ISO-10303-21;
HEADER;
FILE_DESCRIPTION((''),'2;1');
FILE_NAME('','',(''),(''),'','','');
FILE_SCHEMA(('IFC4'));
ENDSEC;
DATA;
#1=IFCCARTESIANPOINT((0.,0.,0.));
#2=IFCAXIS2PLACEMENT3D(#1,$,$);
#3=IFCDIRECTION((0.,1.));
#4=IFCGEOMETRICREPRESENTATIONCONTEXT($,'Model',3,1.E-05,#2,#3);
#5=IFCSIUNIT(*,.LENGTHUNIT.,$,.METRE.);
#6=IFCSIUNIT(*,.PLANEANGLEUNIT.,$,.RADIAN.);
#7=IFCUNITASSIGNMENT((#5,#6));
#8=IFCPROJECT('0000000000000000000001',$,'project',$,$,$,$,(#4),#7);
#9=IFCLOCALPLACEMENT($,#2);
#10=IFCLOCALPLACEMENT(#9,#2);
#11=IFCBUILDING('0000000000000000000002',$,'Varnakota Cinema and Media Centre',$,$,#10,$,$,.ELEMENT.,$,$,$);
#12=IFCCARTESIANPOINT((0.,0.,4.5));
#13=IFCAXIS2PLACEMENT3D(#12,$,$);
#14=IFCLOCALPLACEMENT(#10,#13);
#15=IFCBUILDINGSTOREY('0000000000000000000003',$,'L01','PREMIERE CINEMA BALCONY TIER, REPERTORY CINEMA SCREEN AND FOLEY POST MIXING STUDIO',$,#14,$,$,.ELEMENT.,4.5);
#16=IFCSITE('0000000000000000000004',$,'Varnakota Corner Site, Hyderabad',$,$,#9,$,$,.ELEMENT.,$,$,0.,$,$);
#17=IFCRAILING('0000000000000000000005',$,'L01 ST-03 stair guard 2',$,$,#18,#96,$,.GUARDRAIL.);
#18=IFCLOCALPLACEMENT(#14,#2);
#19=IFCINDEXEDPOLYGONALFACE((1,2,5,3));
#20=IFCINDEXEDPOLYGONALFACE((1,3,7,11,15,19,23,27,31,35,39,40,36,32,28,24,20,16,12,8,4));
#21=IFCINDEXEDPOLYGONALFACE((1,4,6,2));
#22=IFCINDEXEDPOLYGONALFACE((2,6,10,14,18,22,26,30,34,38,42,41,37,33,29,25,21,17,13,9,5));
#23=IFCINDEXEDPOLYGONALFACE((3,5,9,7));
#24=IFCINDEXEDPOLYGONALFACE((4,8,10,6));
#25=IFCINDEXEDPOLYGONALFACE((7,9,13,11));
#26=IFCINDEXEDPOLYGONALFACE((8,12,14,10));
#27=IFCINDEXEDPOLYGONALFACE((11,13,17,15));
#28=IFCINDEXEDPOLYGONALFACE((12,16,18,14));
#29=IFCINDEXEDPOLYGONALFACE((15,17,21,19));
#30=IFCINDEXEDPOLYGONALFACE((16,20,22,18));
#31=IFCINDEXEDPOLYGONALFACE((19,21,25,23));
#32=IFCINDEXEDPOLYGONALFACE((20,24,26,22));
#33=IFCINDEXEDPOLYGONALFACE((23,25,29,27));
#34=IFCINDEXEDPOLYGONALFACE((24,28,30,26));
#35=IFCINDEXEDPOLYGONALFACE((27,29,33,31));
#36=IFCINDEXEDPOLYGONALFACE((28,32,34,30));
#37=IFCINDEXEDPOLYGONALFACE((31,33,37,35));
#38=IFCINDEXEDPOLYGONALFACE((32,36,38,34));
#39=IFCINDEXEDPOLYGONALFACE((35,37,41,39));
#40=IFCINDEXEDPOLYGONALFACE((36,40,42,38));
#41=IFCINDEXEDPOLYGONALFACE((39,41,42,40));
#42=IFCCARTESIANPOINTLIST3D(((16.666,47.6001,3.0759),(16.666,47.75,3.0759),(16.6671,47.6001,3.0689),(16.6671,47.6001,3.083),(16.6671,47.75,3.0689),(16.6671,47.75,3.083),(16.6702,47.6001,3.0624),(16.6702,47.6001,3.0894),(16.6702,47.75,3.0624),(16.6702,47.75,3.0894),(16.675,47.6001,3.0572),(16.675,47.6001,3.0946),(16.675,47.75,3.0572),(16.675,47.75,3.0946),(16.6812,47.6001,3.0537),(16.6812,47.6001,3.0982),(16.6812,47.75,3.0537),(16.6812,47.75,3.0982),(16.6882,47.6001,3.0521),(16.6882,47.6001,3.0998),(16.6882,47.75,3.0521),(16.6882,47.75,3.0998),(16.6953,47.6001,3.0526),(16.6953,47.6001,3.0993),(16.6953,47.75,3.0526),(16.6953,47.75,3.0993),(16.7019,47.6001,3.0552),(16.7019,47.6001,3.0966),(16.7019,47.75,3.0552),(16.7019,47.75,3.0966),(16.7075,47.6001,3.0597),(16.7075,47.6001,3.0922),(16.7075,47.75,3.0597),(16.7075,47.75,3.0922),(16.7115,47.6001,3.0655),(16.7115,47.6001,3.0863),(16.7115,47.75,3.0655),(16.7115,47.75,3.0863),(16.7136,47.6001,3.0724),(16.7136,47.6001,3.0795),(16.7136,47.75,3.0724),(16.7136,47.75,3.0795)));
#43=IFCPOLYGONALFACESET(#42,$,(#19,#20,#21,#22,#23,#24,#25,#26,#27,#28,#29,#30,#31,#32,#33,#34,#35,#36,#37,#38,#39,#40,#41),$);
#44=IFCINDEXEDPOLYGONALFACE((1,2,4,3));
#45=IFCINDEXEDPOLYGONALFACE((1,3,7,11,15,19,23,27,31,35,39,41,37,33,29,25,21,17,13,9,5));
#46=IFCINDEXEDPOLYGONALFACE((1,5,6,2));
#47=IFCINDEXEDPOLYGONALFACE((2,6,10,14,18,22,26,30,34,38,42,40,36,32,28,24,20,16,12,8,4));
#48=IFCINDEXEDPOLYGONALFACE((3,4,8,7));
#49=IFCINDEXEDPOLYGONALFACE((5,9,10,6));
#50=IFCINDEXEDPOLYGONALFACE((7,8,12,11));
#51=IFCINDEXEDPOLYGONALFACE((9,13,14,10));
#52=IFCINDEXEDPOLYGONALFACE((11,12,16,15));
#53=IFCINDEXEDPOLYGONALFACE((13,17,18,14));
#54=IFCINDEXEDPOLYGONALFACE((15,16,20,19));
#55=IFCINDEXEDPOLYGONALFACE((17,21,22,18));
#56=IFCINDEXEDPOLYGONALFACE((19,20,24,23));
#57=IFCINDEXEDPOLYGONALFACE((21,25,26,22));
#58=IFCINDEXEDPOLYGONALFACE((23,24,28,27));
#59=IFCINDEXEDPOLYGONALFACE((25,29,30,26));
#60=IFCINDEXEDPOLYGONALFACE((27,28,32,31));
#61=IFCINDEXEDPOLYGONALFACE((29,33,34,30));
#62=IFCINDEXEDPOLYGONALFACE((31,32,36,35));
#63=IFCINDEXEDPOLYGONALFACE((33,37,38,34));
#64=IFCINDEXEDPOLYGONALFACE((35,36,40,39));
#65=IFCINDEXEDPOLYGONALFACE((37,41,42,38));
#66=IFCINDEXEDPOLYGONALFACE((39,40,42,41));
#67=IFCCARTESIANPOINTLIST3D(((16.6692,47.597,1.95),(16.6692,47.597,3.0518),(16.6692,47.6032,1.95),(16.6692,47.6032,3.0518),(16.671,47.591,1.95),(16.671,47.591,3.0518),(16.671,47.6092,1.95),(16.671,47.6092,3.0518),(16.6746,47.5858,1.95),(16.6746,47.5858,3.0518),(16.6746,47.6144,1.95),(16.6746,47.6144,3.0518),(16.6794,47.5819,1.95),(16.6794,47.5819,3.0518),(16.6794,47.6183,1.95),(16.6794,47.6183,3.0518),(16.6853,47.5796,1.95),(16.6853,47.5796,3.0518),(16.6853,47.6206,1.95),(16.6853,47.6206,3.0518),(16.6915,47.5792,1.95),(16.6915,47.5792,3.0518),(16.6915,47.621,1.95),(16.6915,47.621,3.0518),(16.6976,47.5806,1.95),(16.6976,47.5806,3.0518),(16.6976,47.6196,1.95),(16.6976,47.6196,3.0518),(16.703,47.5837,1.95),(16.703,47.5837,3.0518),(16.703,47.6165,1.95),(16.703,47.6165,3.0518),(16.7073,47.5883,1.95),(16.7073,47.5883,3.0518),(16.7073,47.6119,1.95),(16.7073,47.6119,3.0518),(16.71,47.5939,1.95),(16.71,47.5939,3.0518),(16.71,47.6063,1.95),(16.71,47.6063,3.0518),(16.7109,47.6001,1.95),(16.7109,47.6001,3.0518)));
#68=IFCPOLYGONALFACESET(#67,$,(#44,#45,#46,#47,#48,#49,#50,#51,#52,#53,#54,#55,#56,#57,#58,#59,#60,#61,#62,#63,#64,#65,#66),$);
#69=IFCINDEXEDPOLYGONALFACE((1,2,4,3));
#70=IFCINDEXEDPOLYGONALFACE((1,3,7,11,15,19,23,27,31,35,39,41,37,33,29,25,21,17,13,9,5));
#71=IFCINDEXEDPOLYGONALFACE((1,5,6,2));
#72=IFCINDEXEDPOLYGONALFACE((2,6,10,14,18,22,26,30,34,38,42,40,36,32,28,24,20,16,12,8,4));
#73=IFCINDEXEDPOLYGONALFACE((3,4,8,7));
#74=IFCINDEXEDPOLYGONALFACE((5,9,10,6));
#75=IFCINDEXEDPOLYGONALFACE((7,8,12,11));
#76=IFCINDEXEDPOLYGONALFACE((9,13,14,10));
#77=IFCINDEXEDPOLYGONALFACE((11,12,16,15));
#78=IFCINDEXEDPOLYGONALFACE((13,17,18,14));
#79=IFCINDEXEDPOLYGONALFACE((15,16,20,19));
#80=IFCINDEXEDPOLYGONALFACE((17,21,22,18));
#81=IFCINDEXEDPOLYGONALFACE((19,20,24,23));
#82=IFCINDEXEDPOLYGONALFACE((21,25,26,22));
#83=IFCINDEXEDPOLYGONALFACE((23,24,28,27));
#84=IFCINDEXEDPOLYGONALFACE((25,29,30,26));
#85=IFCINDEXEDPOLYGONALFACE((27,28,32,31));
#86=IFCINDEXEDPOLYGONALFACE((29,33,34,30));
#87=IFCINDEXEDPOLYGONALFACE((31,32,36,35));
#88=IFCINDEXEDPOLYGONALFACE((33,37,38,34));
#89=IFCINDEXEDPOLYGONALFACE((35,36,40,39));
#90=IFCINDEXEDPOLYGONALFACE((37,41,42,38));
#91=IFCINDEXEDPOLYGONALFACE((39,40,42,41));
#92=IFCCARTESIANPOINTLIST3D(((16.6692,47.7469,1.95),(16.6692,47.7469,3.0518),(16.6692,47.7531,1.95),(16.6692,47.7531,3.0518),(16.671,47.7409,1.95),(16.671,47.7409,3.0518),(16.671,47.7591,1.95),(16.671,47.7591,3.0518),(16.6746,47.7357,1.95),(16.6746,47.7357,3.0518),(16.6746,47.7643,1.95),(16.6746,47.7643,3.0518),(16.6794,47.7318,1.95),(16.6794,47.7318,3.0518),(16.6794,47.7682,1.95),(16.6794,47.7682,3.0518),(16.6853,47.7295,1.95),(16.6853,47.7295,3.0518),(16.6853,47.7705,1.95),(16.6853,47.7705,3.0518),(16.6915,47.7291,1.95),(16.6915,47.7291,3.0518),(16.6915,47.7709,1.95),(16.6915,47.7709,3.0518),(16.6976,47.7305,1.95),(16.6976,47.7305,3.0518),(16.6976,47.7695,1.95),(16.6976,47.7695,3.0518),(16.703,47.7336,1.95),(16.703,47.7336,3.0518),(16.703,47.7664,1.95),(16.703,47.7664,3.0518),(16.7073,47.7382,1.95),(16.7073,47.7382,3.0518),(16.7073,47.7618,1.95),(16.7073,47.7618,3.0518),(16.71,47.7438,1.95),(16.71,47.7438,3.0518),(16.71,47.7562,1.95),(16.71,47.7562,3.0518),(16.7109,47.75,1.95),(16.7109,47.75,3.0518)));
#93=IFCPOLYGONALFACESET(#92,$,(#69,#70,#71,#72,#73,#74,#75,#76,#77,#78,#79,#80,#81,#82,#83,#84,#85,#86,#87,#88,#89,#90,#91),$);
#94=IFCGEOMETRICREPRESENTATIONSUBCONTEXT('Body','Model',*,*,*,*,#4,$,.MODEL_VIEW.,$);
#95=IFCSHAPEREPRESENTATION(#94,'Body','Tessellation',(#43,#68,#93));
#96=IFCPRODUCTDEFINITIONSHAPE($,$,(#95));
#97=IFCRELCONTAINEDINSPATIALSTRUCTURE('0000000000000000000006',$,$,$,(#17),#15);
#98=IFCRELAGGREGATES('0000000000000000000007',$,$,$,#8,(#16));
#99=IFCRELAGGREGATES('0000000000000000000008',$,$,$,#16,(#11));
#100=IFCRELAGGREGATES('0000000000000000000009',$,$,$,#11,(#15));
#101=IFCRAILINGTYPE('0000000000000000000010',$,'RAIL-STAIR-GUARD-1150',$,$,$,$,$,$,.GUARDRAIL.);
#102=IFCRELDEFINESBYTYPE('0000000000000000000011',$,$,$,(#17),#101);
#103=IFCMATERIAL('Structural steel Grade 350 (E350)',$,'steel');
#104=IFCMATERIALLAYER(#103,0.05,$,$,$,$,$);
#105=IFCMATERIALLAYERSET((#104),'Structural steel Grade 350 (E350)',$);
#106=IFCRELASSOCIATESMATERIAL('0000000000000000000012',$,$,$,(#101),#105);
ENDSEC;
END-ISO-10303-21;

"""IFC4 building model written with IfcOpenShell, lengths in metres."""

from ifc_helpers import new_model, si_unit, direction, frame, origin, origin_2d, place, context, subcontext, project, spatial, circle, extrude, material, layer, layer_set, type_object, element, save


model = new_model("IFC4")

# Units and contexts
model_context = context("Model", 3, precision=1e-05, world=origin(), true_north=direction((0.0, 1.0)))
body_context = subcontext(model_context, "Body", "Model", "MODEL_VIEW")
ifc_project = project(units=[si_unit("LENGTHUNIT", "METRE"), si_unit("PLANEANGLEUNIT", "RADIAN")], contexts=[model_context])

# Site, building, storey
site_placement = place(None, origin())
site = spatial("IfcSite", under=ifc_project, at=site_placement, Name="Varnakota Corner Site, Hyderabad", CompositionType="ELEMENT", RefElevation=0.0)
building_placement = place(site_placement, origin())
building = spatial("IfcBuilding", under=site, at=building_placement, Name="Varnakota Cinema and Media Centre", CompositionType="ELEMENT")
storey_placement = place(building_placement, frame((0.0, 0.0, 4.5)))
storey = spatial("IfcBuildingStorey", under=building, at=storey_placement, Name="L01", Description="PREMIERE CINEMA BALCONY TIER, REPERTORY CINEMA SCREEN AND FOLEY POST MIXING STUDIO", CompositionType="ELEMENT", Elevation=4.5)

# Railing
ifc_material_1 = material(Name="Structural steel Grade 350 (E350)", Category="steel")
ifc_layer_1 = layer(ifc_material_1, 0.05)
ifc_layer_set_1 = layer_set([ifc_layer_1], Name="Structural steel Grade 350 (E350)")
railing_type_1 = type_object("IfcRailingType", Name="RAIL-STAIR-GUARD-1150", PredefinedType="GUARDRAIL", material=ifc_layer_set_1)
railing_1_placement = place(storey_placement, frame((16.6899, 47.6001, 1.95)))
element("IfcRailing", 1, at=railing_1_placement, inside=storey, type_object=railing_type_1, Name="L01 ST-03 stair guard 2", PredefinedType="GUARDRAIL", context=body_context, shape_type="SweptSolid", body=[
    extrude(circle(Radius=0.0239, at=origin_2d()), frame((0.0, 0.0, 1.126), z_axis=(0.0, 1.0, 0.0), x_axis=(-1.0, 0.0, 0.0)), (0.0, 0.0, 1.0), 0.1499),
    extrude(circle(Radius=0.021, at=origin_2d()), origin(), (0.0, 0.0, 1.0), 1.1018),
    extrude(circle(Radius=0.021, at=origin_2d()), frame((0.0, 0.1499, 0.0)), (0.0, 0.0, 1.0), 1.1018),
])

save(model, "model.ifc")
